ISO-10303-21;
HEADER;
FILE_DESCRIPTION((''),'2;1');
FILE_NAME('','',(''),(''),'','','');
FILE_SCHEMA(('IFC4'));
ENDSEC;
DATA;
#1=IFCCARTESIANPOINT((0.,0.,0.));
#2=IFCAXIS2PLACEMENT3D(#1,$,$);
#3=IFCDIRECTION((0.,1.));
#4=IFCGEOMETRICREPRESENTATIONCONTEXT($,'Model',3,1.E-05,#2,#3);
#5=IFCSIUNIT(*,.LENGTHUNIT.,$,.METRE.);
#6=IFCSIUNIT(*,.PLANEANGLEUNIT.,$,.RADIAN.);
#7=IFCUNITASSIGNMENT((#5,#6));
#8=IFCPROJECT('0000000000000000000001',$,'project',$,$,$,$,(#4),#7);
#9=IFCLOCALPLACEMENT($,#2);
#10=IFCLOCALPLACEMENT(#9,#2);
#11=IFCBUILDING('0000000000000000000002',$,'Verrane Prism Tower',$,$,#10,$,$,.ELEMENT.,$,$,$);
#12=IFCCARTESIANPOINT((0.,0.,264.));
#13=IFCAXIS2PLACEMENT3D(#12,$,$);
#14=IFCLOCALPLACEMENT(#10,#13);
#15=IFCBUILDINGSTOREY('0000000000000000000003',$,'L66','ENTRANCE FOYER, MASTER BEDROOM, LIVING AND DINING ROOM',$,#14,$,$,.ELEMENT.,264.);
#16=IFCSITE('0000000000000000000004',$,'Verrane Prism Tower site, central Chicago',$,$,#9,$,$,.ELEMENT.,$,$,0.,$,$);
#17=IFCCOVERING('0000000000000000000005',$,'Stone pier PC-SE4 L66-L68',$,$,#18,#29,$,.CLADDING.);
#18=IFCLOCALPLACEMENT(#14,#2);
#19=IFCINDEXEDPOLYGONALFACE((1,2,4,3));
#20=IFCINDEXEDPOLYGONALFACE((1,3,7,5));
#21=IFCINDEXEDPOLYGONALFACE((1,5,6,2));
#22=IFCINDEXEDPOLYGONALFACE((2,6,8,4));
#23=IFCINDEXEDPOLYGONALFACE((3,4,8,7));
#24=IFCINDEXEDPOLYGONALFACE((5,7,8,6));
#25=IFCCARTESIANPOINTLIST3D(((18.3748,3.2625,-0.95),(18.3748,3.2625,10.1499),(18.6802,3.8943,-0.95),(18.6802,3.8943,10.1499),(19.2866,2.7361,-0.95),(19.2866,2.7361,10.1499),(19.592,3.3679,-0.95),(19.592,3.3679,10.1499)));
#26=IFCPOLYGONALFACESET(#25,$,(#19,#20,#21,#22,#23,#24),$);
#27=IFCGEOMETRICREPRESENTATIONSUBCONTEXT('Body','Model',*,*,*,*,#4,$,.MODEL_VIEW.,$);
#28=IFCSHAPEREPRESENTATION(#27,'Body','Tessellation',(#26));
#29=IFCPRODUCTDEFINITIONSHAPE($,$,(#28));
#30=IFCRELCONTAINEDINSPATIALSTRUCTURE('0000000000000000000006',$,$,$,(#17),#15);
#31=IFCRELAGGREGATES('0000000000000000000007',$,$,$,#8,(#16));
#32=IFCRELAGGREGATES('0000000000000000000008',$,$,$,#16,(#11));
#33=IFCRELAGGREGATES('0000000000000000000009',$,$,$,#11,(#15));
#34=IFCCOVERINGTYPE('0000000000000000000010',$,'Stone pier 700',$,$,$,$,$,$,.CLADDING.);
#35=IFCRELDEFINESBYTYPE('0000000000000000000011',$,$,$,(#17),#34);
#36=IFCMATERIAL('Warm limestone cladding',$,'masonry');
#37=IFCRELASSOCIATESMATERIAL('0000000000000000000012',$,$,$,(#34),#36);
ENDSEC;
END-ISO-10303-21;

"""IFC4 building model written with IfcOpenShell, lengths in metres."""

from ifc_helpers import new_model, si_unit, direction, frame, origin, place, context, subcontext, project, spatial, polyline, outline, extrude, material, type_object, element, save


model = new_model("IFC4")

# Units and contexts
model_context = context("Model", 3, precision=1e-05, world=origin(), true_north=direction((0.0, 1.0)))
body_context = subcontext(model_context, "Body", "Model", "MODEL_VIEW")
ifc_project = project(units=[si_unit("LENGTHUNIT", "METRE"), si_unit("PLANEANGLEUNIT", "RADIAN")], contexts=[model_context])

# Site, building, storey
site_placement = place(None, origin())
site = spatial("IfcSite", under=ifc_project, at=site_placement, Name="Verrane Prism Tower site, central Chicago", CompositionType="ELEMENT", RefElevation=0.0)
building_placement = place(site_placement, origin())
building = spatial("IfcBuilding", under=site, at=building_placement, Name="Verrane Prism Tower", CompositionType="ELEMENT")
storey_placement = place(building_placement, frame((0.0, 0.0, 264.0)))
storey = spatial("IfcBuildingStorey", under=building, at=storey_placement, Name="L66", Description="ENTRANCE FOYER, MASTER BEDROOM, LIVING AND DINING ROOM", CompositionType="ELEMENT", Elevation=264.0)

# Covering
ifc_material_1 = material(Name="Warm limestone cladding", Category="masonry")
covering_type_1 = type_object("IfcCoveringType", Name="Stone pier 700", PredefinedType="CLADDING", material=ifc_material_1)
covering_1_placement = place(storey_placement, frame((0.0, 0.0, -0.95)))
element("IfcCovering", 1, at=covering_1_placement, inside=storey, type_object=covering_type_1, Name="Stone pier PC-SE4 L66-L68", PredefinedType="CLADDING", context=body_context, shape_type="SweptSolid", body=[
    extrude(outline(polyline([(19.592, 3.3679), (18.6802, 3.8943), (18.3748, 3.2625), (19.2866, 2.7361), (19.592, 3.3679)])), origin(), (0.0, 0.0, 1.0), 11.0999),
])

save(model, "model.ifc")
